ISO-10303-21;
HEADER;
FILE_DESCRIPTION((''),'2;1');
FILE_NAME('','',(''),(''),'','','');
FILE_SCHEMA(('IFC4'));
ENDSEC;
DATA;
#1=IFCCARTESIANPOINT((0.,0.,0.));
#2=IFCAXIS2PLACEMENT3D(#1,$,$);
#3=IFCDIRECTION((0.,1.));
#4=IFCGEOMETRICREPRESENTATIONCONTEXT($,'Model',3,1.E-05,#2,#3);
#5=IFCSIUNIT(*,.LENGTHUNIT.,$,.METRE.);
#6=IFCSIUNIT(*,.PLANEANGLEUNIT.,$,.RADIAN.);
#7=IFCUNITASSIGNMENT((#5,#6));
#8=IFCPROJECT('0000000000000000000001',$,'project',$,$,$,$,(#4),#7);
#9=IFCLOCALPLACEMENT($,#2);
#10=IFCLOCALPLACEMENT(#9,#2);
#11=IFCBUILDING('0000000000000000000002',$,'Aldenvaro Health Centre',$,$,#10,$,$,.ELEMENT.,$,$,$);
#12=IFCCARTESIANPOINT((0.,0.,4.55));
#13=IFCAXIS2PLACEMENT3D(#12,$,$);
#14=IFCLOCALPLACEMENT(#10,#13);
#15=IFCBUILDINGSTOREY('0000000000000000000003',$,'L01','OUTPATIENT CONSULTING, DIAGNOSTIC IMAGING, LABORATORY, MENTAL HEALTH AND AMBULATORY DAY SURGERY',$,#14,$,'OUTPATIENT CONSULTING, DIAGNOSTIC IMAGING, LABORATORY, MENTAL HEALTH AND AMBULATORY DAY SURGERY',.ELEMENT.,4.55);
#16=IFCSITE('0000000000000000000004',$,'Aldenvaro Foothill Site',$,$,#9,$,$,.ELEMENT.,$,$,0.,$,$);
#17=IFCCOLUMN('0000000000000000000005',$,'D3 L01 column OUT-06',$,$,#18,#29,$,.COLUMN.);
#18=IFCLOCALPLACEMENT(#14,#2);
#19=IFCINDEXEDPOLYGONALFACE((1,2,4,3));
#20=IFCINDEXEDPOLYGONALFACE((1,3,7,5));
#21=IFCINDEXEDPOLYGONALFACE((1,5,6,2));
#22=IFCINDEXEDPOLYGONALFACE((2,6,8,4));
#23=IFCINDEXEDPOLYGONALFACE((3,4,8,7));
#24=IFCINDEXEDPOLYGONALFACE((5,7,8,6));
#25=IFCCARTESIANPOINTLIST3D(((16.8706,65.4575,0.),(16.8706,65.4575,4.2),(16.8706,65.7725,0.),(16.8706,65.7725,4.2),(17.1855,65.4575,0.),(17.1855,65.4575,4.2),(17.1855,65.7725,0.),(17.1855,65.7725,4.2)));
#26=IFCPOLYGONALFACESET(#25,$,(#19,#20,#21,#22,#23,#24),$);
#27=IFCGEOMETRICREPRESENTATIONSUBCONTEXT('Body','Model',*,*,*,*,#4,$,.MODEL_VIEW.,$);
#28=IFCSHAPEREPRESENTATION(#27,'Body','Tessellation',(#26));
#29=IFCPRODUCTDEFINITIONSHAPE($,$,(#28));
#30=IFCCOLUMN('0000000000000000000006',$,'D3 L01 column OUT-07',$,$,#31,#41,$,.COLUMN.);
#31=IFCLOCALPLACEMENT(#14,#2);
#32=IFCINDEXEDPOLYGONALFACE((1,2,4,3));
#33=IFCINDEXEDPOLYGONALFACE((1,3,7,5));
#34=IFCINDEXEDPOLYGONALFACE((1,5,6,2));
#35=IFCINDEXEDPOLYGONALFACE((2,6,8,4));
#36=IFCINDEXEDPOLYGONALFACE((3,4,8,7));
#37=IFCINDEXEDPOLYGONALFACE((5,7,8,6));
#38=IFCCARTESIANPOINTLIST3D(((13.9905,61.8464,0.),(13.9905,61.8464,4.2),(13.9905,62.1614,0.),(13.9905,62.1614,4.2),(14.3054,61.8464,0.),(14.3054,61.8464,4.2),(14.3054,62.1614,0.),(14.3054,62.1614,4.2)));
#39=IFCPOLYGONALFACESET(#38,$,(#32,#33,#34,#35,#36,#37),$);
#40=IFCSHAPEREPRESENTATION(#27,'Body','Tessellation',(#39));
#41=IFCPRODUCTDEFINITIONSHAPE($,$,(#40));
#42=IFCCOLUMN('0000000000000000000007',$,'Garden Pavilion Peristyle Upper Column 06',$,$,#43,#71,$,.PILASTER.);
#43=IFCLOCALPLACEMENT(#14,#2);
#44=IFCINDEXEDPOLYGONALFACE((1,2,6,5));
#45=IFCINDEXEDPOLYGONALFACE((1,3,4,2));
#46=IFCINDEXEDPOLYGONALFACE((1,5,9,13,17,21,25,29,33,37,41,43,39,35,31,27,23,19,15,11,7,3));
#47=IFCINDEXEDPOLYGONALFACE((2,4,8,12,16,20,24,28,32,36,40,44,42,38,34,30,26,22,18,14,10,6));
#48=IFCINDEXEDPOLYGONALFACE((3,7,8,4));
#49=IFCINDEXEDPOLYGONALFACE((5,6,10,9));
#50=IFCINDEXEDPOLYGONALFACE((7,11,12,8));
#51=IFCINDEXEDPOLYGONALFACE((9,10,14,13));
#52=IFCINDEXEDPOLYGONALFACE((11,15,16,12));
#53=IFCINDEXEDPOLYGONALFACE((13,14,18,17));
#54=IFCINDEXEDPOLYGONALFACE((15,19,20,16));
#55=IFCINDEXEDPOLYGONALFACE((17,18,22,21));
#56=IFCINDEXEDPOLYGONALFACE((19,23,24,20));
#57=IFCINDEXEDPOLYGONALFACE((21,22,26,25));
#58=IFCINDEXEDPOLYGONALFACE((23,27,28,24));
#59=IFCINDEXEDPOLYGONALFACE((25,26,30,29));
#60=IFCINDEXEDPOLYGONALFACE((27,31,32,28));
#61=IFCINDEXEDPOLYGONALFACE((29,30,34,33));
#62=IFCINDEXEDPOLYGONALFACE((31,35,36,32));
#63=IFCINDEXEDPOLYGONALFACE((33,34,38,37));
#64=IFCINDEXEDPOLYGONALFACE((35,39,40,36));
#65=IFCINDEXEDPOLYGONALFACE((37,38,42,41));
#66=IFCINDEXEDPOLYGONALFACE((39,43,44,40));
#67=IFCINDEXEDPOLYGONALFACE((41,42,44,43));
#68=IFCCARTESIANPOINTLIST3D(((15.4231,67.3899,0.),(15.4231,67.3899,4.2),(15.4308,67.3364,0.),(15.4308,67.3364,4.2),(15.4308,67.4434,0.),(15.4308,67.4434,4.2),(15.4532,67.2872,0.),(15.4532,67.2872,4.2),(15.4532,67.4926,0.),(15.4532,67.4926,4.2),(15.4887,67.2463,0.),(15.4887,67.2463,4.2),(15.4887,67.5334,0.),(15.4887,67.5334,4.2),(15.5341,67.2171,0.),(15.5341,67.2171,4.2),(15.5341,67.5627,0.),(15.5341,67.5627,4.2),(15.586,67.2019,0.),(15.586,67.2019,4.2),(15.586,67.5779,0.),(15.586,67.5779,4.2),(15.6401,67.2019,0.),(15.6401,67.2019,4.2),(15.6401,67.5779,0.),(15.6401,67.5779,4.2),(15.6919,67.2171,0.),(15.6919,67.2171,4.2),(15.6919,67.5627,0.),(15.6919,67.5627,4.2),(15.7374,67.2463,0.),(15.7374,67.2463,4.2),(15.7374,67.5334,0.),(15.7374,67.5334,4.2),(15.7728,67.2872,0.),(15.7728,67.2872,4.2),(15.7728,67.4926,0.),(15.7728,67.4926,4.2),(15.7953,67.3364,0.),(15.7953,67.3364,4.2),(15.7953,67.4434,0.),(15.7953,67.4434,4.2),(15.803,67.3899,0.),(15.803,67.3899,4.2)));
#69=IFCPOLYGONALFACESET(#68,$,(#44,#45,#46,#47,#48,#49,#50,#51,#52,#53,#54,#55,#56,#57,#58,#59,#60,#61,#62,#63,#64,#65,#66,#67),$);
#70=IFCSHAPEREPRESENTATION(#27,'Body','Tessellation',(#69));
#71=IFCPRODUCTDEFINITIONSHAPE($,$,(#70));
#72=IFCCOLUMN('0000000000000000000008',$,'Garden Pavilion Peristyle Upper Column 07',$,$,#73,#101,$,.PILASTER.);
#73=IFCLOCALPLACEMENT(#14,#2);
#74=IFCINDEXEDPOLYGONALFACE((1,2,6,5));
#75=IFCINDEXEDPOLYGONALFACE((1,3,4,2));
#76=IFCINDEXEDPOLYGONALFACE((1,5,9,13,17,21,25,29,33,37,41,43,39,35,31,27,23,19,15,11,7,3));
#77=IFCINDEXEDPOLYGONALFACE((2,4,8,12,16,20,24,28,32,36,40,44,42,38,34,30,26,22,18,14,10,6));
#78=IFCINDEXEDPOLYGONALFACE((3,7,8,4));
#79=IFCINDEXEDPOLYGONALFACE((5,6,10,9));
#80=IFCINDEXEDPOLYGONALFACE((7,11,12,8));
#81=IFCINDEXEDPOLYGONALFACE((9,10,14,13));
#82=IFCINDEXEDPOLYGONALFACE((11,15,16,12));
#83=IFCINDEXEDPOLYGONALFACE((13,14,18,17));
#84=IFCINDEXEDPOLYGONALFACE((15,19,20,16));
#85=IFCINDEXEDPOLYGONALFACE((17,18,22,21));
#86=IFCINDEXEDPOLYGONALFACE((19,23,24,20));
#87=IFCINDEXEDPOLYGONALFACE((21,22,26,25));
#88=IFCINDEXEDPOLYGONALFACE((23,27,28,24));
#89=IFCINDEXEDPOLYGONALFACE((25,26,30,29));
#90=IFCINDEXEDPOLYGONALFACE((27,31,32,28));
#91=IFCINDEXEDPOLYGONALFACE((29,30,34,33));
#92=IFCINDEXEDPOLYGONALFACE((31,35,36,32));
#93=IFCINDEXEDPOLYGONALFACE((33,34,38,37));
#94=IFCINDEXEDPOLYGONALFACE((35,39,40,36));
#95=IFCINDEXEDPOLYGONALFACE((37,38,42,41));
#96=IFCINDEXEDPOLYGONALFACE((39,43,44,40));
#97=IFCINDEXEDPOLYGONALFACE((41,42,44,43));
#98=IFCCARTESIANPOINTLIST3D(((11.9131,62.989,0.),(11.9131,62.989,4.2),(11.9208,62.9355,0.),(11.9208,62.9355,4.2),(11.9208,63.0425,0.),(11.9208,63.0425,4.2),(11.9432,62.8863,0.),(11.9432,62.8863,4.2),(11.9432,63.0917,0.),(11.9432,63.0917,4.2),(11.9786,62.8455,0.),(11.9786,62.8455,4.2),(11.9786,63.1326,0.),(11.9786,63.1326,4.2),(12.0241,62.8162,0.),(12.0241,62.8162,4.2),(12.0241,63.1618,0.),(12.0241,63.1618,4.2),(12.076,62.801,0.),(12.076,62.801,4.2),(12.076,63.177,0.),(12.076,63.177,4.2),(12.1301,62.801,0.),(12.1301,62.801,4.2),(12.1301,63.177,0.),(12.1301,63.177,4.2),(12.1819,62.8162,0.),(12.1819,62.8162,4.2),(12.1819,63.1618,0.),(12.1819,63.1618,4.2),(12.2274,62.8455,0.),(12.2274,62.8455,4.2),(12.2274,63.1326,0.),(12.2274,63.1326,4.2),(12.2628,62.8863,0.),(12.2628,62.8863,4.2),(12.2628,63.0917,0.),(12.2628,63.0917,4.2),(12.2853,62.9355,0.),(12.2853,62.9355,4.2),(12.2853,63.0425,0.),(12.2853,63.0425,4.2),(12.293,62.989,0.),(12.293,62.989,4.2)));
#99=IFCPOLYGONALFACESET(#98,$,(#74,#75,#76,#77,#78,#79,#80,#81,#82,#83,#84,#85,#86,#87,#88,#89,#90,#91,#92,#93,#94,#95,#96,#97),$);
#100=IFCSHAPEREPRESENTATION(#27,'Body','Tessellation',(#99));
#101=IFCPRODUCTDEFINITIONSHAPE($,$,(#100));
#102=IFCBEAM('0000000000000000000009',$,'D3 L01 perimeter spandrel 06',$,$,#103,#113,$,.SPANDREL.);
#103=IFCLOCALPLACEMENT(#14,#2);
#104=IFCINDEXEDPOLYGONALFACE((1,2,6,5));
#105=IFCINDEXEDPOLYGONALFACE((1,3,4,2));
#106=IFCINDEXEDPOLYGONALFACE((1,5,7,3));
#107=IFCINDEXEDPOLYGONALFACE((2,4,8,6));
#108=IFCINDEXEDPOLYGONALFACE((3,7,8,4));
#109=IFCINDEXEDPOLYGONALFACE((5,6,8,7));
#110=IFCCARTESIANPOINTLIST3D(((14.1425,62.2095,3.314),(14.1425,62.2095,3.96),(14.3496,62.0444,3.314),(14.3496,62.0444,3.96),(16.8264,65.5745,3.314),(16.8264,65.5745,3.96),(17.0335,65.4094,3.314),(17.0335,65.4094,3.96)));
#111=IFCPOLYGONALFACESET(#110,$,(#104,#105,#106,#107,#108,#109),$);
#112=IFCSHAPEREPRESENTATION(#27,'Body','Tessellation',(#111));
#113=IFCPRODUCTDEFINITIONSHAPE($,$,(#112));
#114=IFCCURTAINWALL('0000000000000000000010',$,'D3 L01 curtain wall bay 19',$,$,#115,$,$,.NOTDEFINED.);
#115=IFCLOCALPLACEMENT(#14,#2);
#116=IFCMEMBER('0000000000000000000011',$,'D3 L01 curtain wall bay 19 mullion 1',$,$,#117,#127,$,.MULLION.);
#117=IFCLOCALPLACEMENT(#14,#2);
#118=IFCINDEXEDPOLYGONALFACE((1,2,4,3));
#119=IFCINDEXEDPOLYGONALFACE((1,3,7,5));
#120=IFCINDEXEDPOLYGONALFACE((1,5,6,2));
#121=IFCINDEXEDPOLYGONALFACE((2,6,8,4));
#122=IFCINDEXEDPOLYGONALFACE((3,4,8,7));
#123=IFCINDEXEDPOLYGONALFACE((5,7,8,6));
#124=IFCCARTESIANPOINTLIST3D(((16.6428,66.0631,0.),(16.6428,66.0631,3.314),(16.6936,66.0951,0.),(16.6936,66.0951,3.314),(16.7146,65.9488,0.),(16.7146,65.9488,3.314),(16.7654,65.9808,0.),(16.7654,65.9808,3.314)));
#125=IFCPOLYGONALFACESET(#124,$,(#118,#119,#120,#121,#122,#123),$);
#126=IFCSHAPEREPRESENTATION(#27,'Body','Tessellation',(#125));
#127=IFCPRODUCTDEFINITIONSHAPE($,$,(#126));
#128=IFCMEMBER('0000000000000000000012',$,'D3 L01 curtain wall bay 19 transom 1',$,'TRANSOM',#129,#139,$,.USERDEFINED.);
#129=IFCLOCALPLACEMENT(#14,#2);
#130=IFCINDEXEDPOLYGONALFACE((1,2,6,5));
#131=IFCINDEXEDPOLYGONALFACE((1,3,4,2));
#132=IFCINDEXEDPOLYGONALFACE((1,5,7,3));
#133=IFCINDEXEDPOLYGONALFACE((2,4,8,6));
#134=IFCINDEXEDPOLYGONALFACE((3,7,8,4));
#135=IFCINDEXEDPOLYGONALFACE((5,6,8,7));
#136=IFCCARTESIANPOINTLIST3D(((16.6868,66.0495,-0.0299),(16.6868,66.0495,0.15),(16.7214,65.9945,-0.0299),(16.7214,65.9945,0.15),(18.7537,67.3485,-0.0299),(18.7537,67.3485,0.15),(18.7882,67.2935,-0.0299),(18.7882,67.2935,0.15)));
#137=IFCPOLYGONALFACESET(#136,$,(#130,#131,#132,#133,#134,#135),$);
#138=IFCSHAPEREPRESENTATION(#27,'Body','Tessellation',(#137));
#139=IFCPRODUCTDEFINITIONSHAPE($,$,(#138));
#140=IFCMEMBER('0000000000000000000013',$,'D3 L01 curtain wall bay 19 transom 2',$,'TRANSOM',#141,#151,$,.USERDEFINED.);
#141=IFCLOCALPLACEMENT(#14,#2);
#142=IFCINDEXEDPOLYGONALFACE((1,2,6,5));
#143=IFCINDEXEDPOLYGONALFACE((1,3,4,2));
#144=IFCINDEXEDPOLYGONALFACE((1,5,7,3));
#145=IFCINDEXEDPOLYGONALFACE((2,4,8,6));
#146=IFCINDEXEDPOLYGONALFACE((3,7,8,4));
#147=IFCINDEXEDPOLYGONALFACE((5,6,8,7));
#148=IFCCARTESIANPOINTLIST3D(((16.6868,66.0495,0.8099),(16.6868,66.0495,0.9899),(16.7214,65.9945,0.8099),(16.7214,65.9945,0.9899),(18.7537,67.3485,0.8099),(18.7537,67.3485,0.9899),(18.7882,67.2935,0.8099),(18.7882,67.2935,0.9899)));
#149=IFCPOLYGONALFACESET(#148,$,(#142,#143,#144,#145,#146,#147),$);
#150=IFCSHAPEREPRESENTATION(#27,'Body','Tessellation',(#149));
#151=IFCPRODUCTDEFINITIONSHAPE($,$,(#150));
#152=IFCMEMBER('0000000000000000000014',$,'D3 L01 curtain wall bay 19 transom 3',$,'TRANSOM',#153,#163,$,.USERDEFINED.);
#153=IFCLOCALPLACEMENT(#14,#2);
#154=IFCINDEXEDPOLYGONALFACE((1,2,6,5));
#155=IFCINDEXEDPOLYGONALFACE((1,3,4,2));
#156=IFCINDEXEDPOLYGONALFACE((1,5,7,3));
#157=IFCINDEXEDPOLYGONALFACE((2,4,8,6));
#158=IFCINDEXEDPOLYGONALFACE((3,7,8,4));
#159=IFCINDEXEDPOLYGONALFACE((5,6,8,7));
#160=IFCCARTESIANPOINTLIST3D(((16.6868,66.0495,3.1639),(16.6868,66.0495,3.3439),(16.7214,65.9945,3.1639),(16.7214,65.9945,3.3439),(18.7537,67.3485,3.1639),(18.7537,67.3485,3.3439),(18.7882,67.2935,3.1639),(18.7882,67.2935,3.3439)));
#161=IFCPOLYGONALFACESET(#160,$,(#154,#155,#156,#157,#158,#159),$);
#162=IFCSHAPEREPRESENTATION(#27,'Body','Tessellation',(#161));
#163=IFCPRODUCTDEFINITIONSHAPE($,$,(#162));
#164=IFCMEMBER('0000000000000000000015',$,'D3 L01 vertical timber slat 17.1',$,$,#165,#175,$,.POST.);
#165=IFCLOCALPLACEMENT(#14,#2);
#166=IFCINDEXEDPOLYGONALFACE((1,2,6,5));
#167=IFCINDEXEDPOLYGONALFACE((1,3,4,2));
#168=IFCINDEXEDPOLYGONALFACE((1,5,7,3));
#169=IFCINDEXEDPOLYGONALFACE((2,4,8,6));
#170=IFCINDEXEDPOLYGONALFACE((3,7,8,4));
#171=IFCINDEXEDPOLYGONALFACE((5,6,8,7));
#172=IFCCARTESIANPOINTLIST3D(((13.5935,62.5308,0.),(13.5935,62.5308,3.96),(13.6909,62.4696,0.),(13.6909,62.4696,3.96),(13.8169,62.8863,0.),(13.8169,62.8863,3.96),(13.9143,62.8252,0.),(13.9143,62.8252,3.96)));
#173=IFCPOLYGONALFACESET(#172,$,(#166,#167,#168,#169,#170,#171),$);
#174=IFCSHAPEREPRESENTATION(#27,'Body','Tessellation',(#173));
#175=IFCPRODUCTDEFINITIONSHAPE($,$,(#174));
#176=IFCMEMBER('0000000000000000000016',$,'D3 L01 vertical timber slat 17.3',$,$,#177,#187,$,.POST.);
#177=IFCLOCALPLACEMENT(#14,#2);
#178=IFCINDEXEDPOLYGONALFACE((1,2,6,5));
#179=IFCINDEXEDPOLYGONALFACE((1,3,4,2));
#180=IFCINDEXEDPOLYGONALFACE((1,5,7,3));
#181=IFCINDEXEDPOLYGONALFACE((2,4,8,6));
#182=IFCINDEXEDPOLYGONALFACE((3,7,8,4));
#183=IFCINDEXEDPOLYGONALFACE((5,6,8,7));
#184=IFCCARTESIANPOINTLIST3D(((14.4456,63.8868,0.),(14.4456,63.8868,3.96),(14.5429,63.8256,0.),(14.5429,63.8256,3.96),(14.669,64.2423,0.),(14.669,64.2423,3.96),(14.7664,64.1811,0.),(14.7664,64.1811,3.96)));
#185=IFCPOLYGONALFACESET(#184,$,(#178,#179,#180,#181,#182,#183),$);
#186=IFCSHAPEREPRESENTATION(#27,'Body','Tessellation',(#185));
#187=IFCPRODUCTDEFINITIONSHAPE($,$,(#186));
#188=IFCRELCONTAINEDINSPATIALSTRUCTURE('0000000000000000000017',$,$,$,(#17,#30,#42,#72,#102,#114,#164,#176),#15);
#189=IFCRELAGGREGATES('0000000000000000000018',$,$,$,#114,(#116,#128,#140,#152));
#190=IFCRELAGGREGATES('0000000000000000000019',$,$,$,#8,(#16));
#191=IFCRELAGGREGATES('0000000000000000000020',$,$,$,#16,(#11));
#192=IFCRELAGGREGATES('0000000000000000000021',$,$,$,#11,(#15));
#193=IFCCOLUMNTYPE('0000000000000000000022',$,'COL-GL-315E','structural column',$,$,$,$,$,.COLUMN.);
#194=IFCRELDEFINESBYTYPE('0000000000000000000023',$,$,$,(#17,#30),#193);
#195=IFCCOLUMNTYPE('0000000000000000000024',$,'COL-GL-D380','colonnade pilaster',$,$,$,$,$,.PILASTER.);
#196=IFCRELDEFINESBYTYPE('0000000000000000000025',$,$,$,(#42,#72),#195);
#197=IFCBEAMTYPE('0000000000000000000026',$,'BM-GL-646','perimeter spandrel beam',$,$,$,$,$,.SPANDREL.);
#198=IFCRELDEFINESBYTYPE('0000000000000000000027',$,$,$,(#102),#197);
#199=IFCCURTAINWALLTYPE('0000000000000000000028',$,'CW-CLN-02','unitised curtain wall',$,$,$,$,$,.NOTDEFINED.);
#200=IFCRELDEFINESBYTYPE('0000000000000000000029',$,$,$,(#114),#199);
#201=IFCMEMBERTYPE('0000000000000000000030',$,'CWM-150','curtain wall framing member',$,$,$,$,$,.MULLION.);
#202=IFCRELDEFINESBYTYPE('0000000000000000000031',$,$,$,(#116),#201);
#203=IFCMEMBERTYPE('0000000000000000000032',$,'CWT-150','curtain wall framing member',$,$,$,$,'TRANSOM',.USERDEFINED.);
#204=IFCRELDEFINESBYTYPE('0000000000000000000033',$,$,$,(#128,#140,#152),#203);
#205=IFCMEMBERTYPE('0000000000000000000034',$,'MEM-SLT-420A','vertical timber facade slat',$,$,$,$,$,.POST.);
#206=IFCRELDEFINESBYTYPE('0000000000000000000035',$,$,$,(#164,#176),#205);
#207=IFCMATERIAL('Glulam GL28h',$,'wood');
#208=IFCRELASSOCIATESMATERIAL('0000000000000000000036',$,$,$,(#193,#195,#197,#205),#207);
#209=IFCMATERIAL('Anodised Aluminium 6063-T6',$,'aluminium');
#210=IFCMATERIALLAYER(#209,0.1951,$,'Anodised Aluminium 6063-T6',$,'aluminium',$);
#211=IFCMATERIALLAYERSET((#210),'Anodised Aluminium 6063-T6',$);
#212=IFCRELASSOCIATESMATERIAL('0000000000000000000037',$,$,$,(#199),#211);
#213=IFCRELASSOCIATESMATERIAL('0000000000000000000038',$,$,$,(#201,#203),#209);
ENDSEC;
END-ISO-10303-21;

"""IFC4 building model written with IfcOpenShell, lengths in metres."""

from ifc_helpers import new_model, si_unit, direction, frame, origin, origin_2d, place, context, subcontext, project, spatial, rectangle, circle, extrude, material, layer, layer_set, material_profile, profile_set, type_object, element, aggregate, save


model = new_model("IFC4")

# Units and contexts
model_context = context("Model", 3, precision=1e-05, world=origin(), true_north=direction((0.0, 1.0)))
body_context = subcontext(model_context, "Body", "Model", "MODEL_VIEW")
ifc_project = project(units=[si_unit("LENGTHUNIT", "METRE"), si_unit("PLANEANGLEUNIT", "RADIAN")], contexts=[model_context])

# Site, building, storey
site_placement = place(None, origin())
site = spatial("IfcSite", under=ifc_project, at=site_placement, Name="Aldenvaro Foothill Site", CompositionType="ELEMENT", RefElevation=0.0)
building_placement = place(site_placement, origin())
building = spatial("IfcBuilding", under=site, at=building_placement, Name="Aldenvaro Health Centre", CompositionType="ELEMENT")
storey_placement = place(building_placement, frame((0.0, 0.0, 4.55)))
storey = spatial("IfcBuildingStorey", under=building, at=storey_placement, Name="L01", Description="OUTPATIENT CONSULTING, DIAGNOSTIC IMAGING, LABORATORY, MENTAL HEALTH AND AMBULATORY DAY SURGERY", LongName="OUTPATIENT CONSULTING, DIAGNOSTIC IMAGING, LABORATORY, MENTAL HEALTH AND AMBULATORY DAY SURGERY", CompositionType="ELEMENT", Elevation=4.55)

# Columns
ifc_material_1 = material(Name="Glulam GL28h", Category="wood")
ifc_material_profile_1 = material_profile(ifc_material_1, rectangle(XDim=0.3149, YDim=0.3149, at=origin_2d()), Name="GL 315x315", Category="wood")
ifc_profile_set_1 = profile_set([ifc_material_profile_1], Name="Glulam GL28h")
column_type_1 = type_object("IfcColumnType", Name="COL-GL-315E", Description="structural column", PredefinedType="COLUMN", material=ifc_profile_set_1)
for number, where, z_axis, x_axis, name in (
    (1, (17.0281, 65.615, 0.0), (0.0, 0.0, 1.0), (1.0, 0.0, 0.0), "D3 L01 column OUT-06"),
    (2, (14.1479, 62.0039, 0.0), (0.0, 0.0, 1.0), (1.0, 0.0, 0.0), "D3 L01 column OUT-07"),
):
    element("IfcColumn", number, at=place(storey_placement, frame(where, z_axis=z_axis, x_axis=x_axis)), inside=storey, type_object=column_type_1, Name=name, PredefinedType="COLUMN", context=body_context, shape_type="SweptSolid", body=[
        extrude(rectangle(XDim=0.3149, YDim=0.3149, at=origin_2d()), origin(), (0.0, 0.0, 1.0), 4.2),
    ])
ifc_material_profile_2 = material_profile(ifc_material_1, circle(Radius=0.1899, at=origin_2d()), Name="GL D380", Category="wood")
ifc_profile_set_2 = profile_set([ifc_material_profile_2], Name="Glulam GL28h")
column_type_2 = type_object("IfcColumnType", Name="COL-GL-D380", Description="colonnade pilaster", PredefinedType="PILASTER", material=ifc_profile_set_2)
for number, where, z_axis, x_axis, name in (
    (3, (15.613, 67.3899, 0.0), (0.0, 0.0, 1.0), (1.0, 0.0, 0.0), "Garden Pavilion Peristyle Upper Column 06"),
    (4, (12.103, 62.989, 0.0), (0.0, 0.0, 1.0), (1.0, 0.0, 0.0), "Garden Pavilion Peristyle Upper Column 07"),
):
    element("IfcColumn", number, at=place(storey_placement, frame(where, z_axis=z_axis, x_axis=x_axis)), inside=storey, type_object=column_type_2, Name=name, PredefinedType="PILASTER", context=body_context, shape_type="SweptSolid", body=[
        extrude(circle(Radius=0.1899, at=origin_2d()), origin(), (0.0, 0.0, 1.0), 4.2),
    ])

# Beam
ifc_material_profile_3 = material_profile(ifc_material_1, rectangle(XDim=0.2649, YDim=0.646, at=origin_2d()), Name="GL 265x646", Category="wood")
ifc_profile_set_3 = profile_set([ifc_material_profile_3], Name="Glulam GL28h")
beam_type = type_object("IfcBeamType", Name="BM-GL-646", Description="perimeter spandrel beam", PredefinedType="SPANDREL", material=ifc_profile_set_3)
beam_placement = place(storey_placement, frame((16.9299, 65.4919, 3.637), z_axis=(-0.623539, -0.781792, 0.0), x_axis=(0.781792, -0.623539, 0.0)))
element("IfcBeam", 5, at=beam_placement, inside=storey, type_object=beam_type, Name="D3 L01 perimeter spandrel 06", PredefinedType="SPANDREL", context=body_context, shape_type="SweptSolid", body=[
    extrude(rectangle(XDim=0.2649, YDim=0.646, at=origin_2d()), origin(), (0.0, 0.0, 1.0), 4.3042),
])

# Curtain wall, members
ifc_material_2 = material(Name="Anodised Aluminium 6063-T6", Category="aluminium")
ifc_layer_1 = layer(ifc_material_2, 0.1951, Name="Anodised Aluminium 6063-T6", Category="aluminium")
ifc_layer_set_1 = layer_set([ifc_layer_1], Name="Anodised Aluminium 6063-T6")
curtain_wall_type = type_object("IfcCurtainWallType", Name="CW-CLN-02", Description="unitised curtain wall", PredefinedType="NOTDEFINED", material=ifc_layer_set_1)
curtain_wall_placement = place(storey_placement, origin())
curtain_wall = element("IfcCurtainWall", 6, at=curtain_wall_placement, inside=storey, type_object=curtain_wall_type, Name="D3 L01 curtain wall bay 19", PredefinedType="NOTDEFINED")
ifc_material_profile_4 = material_profile(ifc_material_2, rectangle(XDim=0.0601, YDim=0.135, at=origin_2d()), Name="ALU 60x135", Category="aluminium")
ifc_profile_set_4 = profile_set([ifc_material_profile_4], Name="Anodised Aluminium 6063-T6")
member_type_1 = type_object("IfcMemberType", Name="CWM-150", Description="curtain wall framing member", PredefinedType="MULLION", material=ifc_profile_set_4)
member_1_placement = place(storey_placement, frame((16.7041, 66.022, 0.0), z_axis=(0.0, 0.0, 1.0), x_axis=(0.846684, 0.532096, 0.0)))
member_1 = element("IfcMember", 7, at=member_1_placement, type_object=member_type_1, Name="D3 L01 curtain wall bay 19 mullion 1", PredefinedType="MULLION", context=body_context, shape_type="SweptSolid", body=[
    extrude(rectangle(XDim=0.0601, YDim=0.135, at=origin_2d()), origin(), (0.0, 0.0, 1.0), 3.314),
])
ifc_material_profile_5 = material_profile(ifc_material_2, rectangle(XDim=0.0649, YDim=0.1799, at=origin_2d()), Name="ALU 65x180", Category="aluminium")
ifc_profile_set_5 = profile_set([ifc_material_profile_5], Name="Anodised Aluminium 6063-T6")
member_type_2 = type_object("IfcMemberType", Name="CWT-150", Description="curtain wall framing member", ElementType="TRANSOM", PredefinedType="USERDEFINED", material=ifc_profile_set_5)
member_2_placement = place(storey_placement, frame((16.7041, 66.022, 0.0601), z_axis=(0.846658, 0.532137, 0.0), x_axis=(-0.532137, 0.846658, 0.0)))
member_2 = element("IfcMember", 8, at=member_2_placement, type_object=member_type_2, Name="D3 L01 curtain wall bay 19 transom 1", ObjectType="TRANSOM", PredefinedType="USERDEFINED", context=body_context, shape_type="SweptSolid", body=[
    extrude(rectangle(XDim=0.0649, YDim=0.1799, at=origin_2d()), origin(), (0.0, 0.0, 1.0), 2.4412),
])
member_3_placement = place(storey_placement, frame((16.7041, 66.022, 0.8999), z_axis=(0.846658, 0.532137, 0.0), x_axis=(-0.532137, 0.846658, 0.0)))
member_3 = element("IfcMember", 9, at=member_3_placement, type_object=member_type_2, Name="D3 L01 curtain wall bay 19 transom 2", ObjectType="TRANSOM", PredefinedType="USERDEFINED", context=body_context, shape_type="SweptSolid", body=[
    extrude(rectangle(XDim=0.0649, YDim=0.1799, at=origin_2d()), origin(), (0.0, 0.0, 1.0), 2.4412),
])
member_4_placement = place(storey_placement, frame((16.7041, 66.022, 3.2539), z_axis=(0.846658, 0.532137, 0.0), x_axis=(-0.532137, 0.846658, 0.0)))
member_4 = element("IfcMember", 10, at=member_4_placement, type_object=member_type_2, Name="D3 L01 curtain wall bay 19 transom 3", ObjectType="TRANSOM", PredefinedType="USERDEFINED", context=body_context, shape_type="SweptSolid", body=[
    extrude(rectangle(XDim=0.0649, YDim=0.1799, at=origin_2d()), origin(), (0.0, 0.0, 1.0), 2.4412),
])

# Members
ifc_material_profile_6 = material_profile(ifc_material_1, rectangle(XDim=0.115, YDim=0.4199, at=origin_2d()), Name="GL 115x420", Category="wood")
ifc_profile_set_6 = profile_set([ifc_material_profile_6], Name="Glulam GL28h")
member_type_3 = type_object("IfcMemberType", Name="MEM-SLT-420A", Description="vertical timber facade slat", PredefinedType="POST", material=ifc_profile_set_6)
for number, where, z_axis, x_axis, name in (
    (11, (13.7539, 62.678, 0.0), (0.0, 0.0, 1.0), (-0.846684, 0.532096, 0.0), "D3 L01 vertical timber slat 17.1"),
    (12, (14.606, 64.0339, 0.0), (0.0, 0.0, 1.0), (-0.846684, 0.532096, 0.0), "D3 L01 vertical timber slat 17.3"),
):
    element("IfcMember", number, at=place(storey_placement, frame(where, z_axis=z_axis, x_axis=x_axis)), inside=storey, type_object=member_type_3, Name=name, PredefinedType="POST", context=body_context, shape_type="SweptSolid", body=[
        extrude(rectangle(XDim=0.115, YDim=0.4199, at=origin_2d()), origin(), (0.0, 0.0, 1.0), 3.96),
    ])

aggregate(curtain_wall, [member_1, member_2, member_3, member_4])

save(model, "model.ifc")
